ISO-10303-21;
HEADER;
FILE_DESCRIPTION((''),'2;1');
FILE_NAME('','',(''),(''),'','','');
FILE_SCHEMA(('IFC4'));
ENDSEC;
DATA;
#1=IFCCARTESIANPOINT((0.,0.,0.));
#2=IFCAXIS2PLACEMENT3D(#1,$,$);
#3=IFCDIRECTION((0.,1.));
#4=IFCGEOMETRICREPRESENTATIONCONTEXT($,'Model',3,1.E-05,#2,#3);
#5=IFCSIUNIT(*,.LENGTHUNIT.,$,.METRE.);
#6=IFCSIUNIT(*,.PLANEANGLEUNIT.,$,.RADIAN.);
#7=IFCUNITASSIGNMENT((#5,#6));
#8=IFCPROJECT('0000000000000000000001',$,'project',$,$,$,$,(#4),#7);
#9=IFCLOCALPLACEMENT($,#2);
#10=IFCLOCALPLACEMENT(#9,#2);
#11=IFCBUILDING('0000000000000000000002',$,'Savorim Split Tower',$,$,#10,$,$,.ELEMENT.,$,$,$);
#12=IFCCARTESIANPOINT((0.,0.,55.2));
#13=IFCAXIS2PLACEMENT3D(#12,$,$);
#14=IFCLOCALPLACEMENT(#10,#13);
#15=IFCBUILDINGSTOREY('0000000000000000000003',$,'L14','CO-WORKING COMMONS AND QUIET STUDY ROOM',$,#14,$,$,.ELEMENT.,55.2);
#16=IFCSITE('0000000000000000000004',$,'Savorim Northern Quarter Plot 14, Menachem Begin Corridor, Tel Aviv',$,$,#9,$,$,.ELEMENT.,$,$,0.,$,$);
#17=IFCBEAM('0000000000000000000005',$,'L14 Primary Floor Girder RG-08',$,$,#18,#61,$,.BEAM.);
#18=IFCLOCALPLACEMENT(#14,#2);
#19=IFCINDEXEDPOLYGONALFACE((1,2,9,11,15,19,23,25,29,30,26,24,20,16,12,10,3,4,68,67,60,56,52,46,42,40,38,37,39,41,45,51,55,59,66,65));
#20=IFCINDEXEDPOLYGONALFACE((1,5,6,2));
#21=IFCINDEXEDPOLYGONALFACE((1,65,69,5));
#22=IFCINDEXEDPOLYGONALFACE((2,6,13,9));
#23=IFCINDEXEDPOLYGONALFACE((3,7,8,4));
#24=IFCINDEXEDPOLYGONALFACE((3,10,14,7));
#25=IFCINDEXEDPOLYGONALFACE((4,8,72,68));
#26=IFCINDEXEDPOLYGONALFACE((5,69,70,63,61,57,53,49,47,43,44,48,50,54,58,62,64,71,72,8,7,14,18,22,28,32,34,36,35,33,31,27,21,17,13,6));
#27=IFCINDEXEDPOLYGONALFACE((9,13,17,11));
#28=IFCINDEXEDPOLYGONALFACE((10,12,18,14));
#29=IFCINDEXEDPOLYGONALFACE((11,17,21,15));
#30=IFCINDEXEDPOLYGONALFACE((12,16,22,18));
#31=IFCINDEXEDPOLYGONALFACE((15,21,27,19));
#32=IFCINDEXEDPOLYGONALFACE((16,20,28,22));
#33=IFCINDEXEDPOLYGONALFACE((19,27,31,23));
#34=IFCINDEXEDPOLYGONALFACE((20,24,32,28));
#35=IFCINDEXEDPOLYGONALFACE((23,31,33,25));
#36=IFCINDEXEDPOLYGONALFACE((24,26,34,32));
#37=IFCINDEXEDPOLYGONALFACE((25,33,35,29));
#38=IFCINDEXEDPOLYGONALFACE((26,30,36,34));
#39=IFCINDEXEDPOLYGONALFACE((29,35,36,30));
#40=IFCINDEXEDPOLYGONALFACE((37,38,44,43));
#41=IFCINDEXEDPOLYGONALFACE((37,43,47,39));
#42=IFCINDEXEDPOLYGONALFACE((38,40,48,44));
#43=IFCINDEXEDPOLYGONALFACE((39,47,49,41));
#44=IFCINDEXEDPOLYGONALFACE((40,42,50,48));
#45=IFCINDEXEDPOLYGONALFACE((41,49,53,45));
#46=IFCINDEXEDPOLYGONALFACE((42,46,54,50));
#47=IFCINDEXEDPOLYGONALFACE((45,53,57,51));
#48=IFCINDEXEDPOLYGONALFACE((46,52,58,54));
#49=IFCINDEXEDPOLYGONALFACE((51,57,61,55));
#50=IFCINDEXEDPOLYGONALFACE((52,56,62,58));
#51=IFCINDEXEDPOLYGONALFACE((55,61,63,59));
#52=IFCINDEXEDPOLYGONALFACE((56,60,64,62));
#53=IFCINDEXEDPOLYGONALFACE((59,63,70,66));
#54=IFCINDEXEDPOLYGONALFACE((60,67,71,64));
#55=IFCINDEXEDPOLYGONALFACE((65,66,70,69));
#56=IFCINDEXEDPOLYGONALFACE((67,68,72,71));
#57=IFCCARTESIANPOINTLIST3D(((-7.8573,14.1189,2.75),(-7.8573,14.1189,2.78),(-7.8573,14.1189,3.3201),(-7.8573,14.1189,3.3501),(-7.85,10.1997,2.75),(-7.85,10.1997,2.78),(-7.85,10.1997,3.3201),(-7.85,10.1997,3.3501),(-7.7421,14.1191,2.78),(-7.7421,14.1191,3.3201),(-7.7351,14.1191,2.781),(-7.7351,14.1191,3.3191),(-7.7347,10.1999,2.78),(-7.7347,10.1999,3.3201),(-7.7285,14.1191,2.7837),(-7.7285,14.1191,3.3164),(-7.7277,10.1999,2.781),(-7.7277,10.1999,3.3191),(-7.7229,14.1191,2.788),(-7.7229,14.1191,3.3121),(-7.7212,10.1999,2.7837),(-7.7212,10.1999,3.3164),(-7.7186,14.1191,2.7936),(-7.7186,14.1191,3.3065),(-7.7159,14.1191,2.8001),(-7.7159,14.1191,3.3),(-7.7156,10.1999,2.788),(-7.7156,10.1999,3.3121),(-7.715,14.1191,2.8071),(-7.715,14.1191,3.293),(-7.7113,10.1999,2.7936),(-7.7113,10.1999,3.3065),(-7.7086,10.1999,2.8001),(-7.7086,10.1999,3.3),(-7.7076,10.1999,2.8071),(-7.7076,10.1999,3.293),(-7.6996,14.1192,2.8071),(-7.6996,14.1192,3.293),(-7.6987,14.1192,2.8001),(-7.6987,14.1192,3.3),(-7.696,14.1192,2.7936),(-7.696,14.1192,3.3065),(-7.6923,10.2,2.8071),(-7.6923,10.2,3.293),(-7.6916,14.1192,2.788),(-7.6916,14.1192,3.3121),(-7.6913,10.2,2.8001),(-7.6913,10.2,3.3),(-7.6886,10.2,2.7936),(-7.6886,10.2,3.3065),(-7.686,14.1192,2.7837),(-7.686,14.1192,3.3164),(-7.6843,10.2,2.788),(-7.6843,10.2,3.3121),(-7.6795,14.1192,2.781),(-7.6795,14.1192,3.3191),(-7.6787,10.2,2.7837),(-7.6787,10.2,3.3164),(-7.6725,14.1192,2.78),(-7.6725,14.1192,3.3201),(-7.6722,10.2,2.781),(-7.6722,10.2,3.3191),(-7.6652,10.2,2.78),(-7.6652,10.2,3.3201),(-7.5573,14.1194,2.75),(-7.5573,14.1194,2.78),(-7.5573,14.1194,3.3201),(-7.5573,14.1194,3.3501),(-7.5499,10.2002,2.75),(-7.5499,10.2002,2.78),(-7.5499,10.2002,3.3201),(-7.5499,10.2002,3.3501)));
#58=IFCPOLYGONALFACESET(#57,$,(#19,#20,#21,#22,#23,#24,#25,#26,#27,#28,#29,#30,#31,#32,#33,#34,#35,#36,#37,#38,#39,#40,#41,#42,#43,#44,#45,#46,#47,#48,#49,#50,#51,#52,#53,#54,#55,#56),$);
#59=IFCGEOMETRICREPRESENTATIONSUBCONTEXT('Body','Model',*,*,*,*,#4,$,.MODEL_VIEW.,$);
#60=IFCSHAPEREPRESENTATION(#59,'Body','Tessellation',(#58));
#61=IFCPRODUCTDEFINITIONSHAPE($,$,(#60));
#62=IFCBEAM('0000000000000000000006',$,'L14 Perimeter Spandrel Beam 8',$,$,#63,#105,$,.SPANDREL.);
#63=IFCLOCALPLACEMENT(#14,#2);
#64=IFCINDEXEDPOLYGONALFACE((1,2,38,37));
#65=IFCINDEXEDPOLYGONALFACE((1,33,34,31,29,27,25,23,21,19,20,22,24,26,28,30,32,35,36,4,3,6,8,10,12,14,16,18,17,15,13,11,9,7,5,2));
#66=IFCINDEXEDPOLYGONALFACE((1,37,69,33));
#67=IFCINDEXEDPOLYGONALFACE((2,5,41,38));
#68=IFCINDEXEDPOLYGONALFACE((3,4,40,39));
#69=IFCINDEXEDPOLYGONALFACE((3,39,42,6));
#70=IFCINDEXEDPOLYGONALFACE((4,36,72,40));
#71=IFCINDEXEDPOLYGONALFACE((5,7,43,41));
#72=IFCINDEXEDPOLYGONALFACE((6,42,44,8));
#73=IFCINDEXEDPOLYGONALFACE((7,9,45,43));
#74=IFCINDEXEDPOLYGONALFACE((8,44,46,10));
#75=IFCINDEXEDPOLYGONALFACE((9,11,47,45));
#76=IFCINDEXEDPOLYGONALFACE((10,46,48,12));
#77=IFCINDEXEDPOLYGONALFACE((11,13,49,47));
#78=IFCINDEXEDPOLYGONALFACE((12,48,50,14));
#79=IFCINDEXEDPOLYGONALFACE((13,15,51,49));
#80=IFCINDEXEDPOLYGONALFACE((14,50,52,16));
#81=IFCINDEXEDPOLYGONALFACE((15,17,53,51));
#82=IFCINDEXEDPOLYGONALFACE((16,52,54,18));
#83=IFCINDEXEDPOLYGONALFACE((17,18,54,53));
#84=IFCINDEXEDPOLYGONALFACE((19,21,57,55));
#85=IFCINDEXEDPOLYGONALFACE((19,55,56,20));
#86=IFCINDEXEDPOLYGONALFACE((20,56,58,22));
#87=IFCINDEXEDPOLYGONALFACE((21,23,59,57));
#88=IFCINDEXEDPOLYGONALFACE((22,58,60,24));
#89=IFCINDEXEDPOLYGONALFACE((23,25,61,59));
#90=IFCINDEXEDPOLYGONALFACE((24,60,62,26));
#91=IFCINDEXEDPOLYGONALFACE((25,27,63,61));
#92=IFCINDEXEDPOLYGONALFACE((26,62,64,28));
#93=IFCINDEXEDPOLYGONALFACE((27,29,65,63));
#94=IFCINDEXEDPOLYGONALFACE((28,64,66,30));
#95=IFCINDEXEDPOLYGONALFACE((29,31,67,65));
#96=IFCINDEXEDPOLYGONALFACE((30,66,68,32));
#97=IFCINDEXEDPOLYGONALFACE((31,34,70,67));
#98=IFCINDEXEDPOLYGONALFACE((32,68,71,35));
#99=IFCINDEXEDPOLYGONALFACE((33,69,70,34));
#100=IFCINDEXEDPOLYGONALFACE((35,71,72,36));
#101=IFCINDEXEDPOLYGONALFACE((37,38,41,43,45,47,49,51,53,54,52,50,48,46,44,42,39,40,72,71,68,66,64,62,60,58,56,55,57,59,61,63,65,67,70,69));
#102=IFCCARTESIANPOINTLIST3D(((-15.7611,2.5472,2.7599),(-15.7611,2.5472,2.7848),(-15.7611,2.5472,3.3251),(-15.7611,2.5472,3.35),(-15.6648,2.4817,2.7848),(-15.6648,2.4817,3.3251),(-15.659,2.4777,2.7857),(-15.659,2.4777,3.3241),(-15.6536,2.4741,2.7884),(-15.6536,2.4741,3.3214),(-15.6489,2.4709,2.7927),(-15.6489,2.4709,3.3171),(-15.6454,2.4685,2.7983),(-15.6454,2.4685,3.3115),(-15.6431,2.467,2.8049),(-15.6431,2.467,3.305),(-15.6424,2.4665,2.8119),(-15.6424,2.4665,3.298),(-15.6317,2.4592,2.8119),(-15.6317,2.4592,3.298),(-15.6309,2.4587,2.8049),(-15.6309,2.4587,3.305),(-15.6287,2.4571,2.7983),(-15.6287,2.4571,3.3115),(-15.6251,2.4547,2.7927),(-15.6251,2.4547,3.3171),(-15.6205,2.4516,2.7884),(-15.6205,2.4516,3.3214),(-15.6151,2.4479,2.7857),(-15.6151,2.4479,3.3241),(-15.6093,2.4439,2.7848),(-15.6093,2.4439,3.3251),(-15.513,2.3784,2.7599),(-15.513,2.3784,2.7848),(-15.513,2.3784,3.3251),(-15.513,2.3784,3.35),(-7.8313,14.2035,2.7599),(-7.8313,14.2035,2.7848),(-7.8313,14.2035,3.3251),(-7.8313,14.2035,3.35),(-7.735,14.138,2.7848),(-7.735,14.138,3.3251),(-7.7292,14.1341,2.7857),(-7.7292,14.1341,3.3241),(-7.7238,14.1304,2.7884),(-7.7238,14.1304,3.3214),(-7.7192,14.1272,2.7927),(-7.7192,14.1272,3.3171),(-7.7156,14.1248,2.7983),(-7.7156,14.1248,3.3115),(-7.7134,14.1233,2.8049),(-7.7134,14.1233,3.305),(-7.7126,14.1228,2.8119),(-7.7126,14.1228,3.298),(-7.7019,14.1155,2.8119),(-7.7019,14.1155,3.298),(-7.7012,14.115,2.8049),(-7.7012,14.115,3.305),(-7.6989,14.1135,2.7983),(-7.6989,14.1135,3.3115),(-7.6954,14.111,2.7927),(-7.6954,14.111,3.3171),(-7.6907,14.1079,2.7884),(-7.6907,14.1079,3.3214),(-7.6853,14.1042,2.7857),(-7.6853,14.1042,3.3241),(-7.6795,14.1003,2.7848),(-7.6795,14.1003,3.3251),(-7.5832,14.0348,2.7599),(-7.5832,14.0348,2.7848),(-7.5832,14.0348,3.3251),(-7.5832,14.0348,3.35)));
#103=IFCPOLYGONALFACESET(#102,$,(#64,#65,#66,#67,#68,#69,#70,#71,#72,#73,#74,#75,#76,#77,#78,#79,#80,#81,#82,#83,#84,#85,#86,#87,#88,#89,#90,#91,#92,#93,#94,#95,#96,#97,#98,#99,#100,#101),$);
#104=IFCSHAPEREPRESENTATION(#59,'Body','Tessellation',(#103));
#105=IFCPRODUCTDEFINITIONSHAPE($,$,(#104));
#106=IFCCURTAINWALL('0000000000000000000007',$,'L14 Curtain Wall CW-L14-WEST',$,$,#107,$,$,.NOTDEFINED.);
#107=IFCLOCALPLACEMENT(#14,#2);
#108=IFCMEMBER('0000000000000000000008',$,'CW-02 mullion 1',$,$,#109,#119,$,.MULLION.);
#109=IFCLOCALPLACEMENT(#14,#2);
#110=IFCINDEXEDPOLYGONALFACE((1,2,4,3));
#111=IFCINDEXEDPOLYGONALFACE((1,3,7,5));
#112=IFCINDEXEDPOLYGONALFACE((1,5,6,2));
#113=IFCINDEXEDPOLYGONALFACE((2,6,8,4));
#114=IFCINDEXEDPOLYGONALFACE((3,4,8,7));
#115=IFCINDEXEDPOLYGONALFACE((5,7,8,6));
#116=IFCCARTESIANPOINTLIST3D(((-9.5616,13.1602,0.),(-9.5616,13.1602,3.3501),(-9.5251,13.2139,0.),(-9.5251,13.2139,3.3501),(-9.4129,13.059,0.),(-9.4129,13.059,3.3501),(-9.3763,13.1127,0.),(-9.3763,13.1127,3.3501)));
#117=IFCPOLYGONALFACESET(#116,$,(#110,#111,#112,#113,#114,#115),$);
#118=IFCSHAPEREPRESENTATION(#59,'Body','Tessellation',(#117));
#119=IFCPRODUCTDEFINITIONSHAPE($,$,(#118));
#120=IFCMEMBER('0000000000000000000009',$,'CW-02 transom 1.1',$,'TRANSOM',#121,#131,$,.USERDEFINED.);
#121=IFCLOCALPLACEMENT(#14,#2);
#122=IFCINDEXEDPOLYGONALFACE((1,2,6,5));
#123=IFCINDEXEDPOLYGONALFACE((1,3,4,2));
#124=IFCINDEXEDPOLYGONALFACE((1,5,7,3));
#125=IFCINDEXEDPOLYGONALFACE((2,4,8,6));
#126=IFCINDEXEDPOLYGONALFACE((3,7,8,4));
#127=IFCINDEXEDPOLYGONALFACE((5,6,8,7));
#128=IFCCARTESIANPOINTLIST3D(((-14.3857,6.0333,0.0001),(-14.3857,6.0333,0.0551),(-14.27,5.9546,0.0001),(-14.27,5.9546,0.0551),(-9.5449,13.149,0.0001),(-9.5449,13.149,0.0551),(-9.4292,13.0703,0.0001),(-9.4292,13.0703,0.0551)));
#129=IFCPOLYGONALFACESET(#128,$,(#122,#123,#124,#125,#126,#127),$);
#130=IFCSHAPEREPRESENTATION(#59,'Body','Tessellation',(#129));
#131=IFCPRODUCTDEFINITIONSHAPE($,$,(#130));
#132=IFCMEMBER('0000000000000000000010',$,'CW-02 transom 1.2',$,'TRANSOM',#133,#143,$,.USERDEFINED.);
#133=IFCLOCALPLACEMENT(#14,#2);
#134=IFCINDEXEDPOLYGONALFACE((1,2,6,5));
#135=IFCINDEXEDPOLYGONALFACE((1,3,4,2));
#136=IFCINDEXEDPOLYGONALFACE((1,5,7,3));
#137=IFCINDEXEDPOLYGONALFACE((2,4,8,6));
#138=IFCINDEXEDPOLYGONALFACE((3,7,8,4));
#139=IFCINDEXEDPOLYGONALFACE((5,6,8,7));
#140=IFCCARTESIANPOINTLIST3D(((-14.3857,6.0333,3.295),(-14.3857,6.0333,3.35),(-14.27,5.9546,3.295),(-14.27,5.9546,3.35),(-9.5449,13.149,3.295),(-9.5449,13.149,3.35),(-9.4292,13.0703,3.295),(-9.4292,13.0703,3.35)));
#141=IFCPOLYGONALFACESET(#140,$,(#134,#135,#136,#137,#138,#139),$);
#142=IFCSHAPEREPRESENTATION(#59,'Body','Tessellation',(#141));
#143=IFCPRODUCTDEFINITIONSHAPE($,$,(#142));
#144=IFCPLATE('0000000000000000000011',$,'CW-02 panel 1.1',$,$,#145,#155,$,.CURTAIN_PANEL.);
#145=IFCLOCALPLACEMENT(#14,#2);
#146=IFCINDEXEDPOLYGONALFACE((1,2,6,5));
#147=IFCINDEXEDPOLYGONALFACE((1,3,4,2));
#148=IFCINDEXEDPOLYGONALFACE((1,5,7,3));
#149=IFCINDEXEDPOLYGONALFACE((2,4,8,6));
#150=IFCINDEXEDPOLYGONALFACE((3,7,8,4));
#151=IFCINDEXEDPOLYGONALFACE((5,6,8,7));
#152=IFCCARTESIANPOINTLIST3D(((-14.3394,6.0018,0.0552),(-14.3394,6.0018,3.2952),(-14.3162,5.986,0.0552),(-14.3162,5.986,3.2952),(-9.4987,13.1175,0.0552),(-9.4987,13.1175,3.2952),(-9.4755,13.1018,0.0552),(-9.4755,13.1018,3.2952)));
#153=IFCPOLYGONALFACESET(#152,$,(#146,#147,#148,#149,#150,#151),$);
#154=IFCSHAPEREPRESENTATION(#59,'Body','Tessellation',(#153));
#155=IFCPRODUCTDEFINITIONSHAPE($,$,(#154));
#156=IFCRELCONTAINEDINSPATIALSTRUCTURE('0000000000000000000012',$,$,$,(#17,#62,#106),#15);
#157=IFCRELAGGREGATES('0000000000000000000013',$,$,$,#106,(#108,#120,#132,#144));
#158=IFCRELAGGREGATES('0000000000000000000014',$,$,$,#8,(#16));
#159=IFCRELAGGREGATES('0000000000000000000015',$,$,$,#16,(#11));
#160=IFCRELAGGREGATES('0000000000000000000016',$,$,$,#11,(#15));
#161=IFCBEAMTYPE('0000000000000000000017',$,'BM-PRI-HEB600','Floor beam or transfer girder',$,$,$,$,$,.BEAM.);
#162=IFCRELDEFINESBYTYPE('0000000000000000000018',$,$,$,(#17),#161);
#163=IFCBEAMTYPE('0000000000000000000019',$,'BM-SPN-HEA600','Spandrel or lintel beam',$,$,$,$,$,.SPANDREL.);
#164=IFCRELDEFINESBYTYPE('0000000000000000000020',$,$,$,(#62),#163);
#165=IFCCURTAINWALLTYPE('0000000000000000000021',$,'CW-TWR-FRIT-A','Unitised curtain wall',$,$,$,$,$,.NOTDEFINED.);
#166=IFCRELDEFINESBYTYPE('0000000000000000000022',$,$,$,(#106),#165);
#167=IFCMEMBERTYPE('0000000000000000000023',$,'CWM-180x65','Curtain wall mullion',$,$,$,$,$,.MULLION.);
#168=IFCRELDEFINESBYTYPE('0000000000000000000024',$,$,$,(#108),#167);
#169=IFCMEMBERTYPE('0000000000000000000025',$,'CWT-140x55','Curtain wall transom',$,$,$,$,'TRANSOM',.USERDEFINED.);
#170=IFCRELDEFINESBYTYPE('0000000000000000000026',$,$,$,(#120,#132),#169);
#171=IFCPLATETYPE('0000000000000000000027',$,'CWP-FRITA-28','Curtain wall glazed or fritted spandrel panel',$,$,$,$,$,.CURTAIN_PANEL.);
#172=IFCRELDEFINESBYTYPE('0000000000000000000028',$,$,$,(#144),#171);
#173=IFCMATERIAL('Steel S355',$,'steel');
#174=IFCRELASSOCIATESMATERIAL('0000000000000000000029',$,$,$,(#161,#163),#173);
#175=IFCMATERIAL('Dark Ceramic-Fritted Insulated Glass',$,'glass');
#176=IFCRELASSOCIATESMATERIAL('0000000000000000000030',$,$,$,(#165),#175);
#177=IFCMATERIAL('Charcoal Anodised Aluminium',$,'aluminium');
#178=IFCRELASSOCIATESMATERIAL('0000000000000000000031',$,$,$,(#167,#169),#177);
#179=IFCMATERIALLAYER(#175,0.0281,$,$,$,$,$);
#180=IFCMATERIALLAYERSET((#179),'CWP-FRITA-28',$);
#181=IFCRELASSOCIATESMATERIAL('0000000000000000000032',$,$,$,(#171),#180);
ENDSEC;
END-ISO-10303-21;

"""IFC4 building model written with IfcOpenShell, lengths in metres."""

from ifc_helpers import new_model, si_unit, direction, frame, origin, origin_2d, place, context, subcontext, project, spatial, rectangle, i_section, extrude, material, layer, layer_set, material_profile, profile_set, type_object, element, aggregate, save


model = new_model("IFC4")

# Units and contexts
model_context = context("Model", 3, precision=1e-05, world=origin(), true_north=direction((0.0, 1.0)))
body_context = subcontext(model_context, "Body", "Model", "MODEL_VIEW")
ifc_project = project(units=[si_unit("LENGTHUNIT", "METRE"), si_unit("PLANEANGLEUNIT", "RADIAN")], contexts=[model_context])

# Site, building, storey
site_placement = place(None, origin())
site = spatial("IfcSite", under=ifc_project, at=site_placement, Name="Savorim Northern Quarter Plot 14, Menachem Begin Corridor, Tel Aviv", CompositionType="ELEMENT", RefElevation=0.0)
building_placement = place(site_placement, origin())
building = spatial("IfcBuilding", under=site, at=building_placement, Name="Savorim Split Tower", CompositionType="ELEMENT")
storey_placement = place(building_placement, frame((0.0, 0.0, 55.2)))
storey = spatial("IfcBuildingStorey", under=building, at=storey_placement, Name="L14", Description="CO-WORKING COMMONS AND QUIET STUDY ROOM", CompositionType="ELEMENT", Elevation=55.2)

# Beams
ifc_material_1 = material(Name="Steel S355", Category="steel")
ifc_material_profile_1 = material_profile(ifc_material_1, i_section(OverallWidth=0.3, OverallDepth=0.6001, WebThickness=0.0154, FlangeThickness=0.03, FilletRadius=0.0271, at=origin_2d()), Name="HEB 600")
ifc_profile_set_1 = profile_set([ifc_material_profile_1], Name="Steel S355")
beam_type_1 = type_object("IfcBeamType", Name="BM-PRI-HEB600", Description="Floor beam or transfer girder", PredefinedType="BEAM", material=ifc_profile_set_1)
beam_1_placement = place(storey_placement, frame((-7.7073, 14.1191, 3.05), z_axis=(0.001869, -0.999998, 0.0), x_axis=(0.999998, 0.001869, 0.0)))
element("IfcBeam", 1, at=beam_1_placement, inside=storey, type_object=beam_type_1, Name="L14 Primary Floor Girder RG-08", PredefinedType="BEAM", context=body_context, shape_type="SweptSolid", body=[
    extrude(i_section(OverallWidth=0.3, OverallDepth=0.6001, WebThickness=0.0154, FlangeThickness=0.03, FilletRadius=0.0271, at=origin_2d()), origin(), (0.0, 0.0, 1.0), 3.9192),
])
ifc_material_profile_2 = material_profile(ifc_material_1, i_section(OverallWidth=0.3, OverallDepth=0.5901, WebThickness=0.0129, FlangeThickness=0.0249, FilletRadius=0.0271, at=origin_2d()), Name="HEA 600")
ifc_profile_set_2 = profile_set([ifc_material_profile_2], Name="Steel S355")
beam_type_2 = type_object("IfcBeamType", Name="BM-SPN-HEA600", Description="Spandrel or lintel beam", PredefinedType="SPANDREL", material=ifc_profile_set_2)
beam_2_placement = place(storey_placement, frame((-7.7073, 14.1191, 3.0549), z_axis=(-0.562477, -0.826813, 0.0), x_axis=(0.826813, -0.562477, 0.0)))
element("IfcBeam", 2, at=beam_2_placement, inside=storey, type_object=beam_type_2, Name="L14 Perimeter Spandrel Beam 8", PredefinedType="SPANDREL", context=body_context, shape_type="SweptSolid", body=[
    extrude(i_section(OverallWidth=0.3, OverallDepth=0.5901, WebThickness=0.0129, FlangeThickness=0.0249, FilletRadius=0.0271, at=origin_2d()), origin(), (0.0, 0.0, 1.0), 14.0979),
])

# Curtain wall, members, plate
ifc_material_2 = material(Name="Dark Ceramic-Fritted Insulated Glass", Category="glass")
curtain_wall_type = type_object("IfcCurtainWallType", Name="CW-TWR-FRIT-A", Description="Unitised curtain wall", PredefinedType="NOTDEFINED", material=ifc_material_2)
curtain_wall_placement = place(storey_placement, origin())
curtain_wall = element("IfcCurtainWall", 3, at=curtain_wall_placement, inside=storey, type_object=curtain_wall_type, Name="L14 Curtain Wall CW-L14-WEST", PredefinedType="NOTDEFINED")
ifc_material_3 = material(Name="Charcoal Anodised Aluminium", Category="aluminium")
ifc_material_profile_3 = material_profile(ifc_material_3, rectangle(XDim=0.1799, YDim=0.0649, at=origin_2d()), Name="ALU-M 180x65")
ifc_profile_set_3 = profile_set([ifc_material_profile_3], Name="Charcoal Anodised Aluminium")
member_type_1 = type_object("IfcMemberType", Name="CWM-180x65", Description="Curtain wall mullion", PredefinedType="MULLION", material=ifc_profile_set_3)
member_1_placement = place(storey_placement, frame((-9.469, 13.1365, 0.0), z_axis=(0.0, 0.0, 1.0), x_axis=(0.82682, -0.562466, 0.0)))
member_1 = element("IfcMember", 4, at=member_1_placement, type_object=member_type_1, Name="CW-02 mullion 1", PredefinedType="MULLION", context=body_context, shape_type="SweptSolid", body=[
    extrude(rectangle(XDim=0.1799, YDim=0.0649, at=origin_2d()), origin(), (0.0, 0.0, 1.0), 3.3501),
])
ifc_material_profile_4 = material_profile(ifc_material_3, rectangle(XDim=0.1399, YDim=0.0549, at=origin_2d()), Name="ALU-T 140x55")
ifc_profile_set_4 = profile_set([ifc_material_profile_4], Name="Charcoal Anodised Aluminium")
member_type_2 = type_object("IfcMemberType", Name="CWT-140x55", Description="Curtain wall transom", ElementType="TRANSOM", PredefinedType="USERDEFINED", material=ifc_profile_set_4)
member_2_placement = place(storey_placement, frame((-9.4871, 13.1096, 0.0276), z_axis=(-0.562479, -0.826811, 0.0), x_axis=(0.826811, -0.562479, 0.0)))
member_2 = element("IfcMember", 5, at=member_2_placement, type_object=member_type_2, Name="CW-02 transom 1.1", ObjectType="TRANSOM", PredefinedType="USERDEFINED", context=body_context, shape_type="SweptSolid", body=[
    extrude(rectangle(XDim=0.1399, YDim=0.0549, at=origin_2d()), origin(), (0.0, 0.0, 1.0), 8.6062),
])
member_3_placement = place(storey_placement, frame((-9.4871, 13.1096, 3.3225), z_axis=(-0.562479, -0.826811, 0.0), x_axis=(0.826811, -0.562479, 0.0)))
member_3 = element("IfcMember", 6, at=member_3_placement, type_object=member_type_2, Name="CW-02 transom 1.2", ObjectType="TRANSOM", PredefinedType="USERDEFINED", context=body_context, shape_type="SweptSolid", body=[
    extrude(rectangle(XDim=0.1399, YDim=0.0549, at=origin_2d()), origin(), (0.0, 0.0, 1.0), 8.6062),
])
ifc_layer_1 = layer(ifc_material_2, 0.0281)
ifc_layer_set_1 = layer_set([ifc_layer_1], Name="CWP-FRITA-28")
plate_type = type_object("IfcPlateType", Name="CWP-FRITA-28", Description="Curtain wall glazed or fritted spandrel panel", PredefinedType="CURTAIN_PANEL", material=ifc_layer_set_1)
plate_placement = place(storey_placement, frame((-11.9075, 9.5518, 0.0552), z_axis=(0.0, 0.0, 1.0), x_axis=(-0.562466, -0.82682, 0.0)))
plate = element("IfcPlate", 7, at=plate_placement, type_object=plate_type, Name="CW-02 panel 1.1", PredefinedType="CURTAIN_PANEL", context=body_context, shape_type="SweptSolid", body=[
    extrude(rectangle(XDim=8.6062, YDim=0.0281, at=origin_2d()), origin(), (0.0, 0.0, 1.0), 3.24),
])
aggregate(curtain_wall, [member_1, member_2, member_3, plate])

save(model, "model.ifc")
